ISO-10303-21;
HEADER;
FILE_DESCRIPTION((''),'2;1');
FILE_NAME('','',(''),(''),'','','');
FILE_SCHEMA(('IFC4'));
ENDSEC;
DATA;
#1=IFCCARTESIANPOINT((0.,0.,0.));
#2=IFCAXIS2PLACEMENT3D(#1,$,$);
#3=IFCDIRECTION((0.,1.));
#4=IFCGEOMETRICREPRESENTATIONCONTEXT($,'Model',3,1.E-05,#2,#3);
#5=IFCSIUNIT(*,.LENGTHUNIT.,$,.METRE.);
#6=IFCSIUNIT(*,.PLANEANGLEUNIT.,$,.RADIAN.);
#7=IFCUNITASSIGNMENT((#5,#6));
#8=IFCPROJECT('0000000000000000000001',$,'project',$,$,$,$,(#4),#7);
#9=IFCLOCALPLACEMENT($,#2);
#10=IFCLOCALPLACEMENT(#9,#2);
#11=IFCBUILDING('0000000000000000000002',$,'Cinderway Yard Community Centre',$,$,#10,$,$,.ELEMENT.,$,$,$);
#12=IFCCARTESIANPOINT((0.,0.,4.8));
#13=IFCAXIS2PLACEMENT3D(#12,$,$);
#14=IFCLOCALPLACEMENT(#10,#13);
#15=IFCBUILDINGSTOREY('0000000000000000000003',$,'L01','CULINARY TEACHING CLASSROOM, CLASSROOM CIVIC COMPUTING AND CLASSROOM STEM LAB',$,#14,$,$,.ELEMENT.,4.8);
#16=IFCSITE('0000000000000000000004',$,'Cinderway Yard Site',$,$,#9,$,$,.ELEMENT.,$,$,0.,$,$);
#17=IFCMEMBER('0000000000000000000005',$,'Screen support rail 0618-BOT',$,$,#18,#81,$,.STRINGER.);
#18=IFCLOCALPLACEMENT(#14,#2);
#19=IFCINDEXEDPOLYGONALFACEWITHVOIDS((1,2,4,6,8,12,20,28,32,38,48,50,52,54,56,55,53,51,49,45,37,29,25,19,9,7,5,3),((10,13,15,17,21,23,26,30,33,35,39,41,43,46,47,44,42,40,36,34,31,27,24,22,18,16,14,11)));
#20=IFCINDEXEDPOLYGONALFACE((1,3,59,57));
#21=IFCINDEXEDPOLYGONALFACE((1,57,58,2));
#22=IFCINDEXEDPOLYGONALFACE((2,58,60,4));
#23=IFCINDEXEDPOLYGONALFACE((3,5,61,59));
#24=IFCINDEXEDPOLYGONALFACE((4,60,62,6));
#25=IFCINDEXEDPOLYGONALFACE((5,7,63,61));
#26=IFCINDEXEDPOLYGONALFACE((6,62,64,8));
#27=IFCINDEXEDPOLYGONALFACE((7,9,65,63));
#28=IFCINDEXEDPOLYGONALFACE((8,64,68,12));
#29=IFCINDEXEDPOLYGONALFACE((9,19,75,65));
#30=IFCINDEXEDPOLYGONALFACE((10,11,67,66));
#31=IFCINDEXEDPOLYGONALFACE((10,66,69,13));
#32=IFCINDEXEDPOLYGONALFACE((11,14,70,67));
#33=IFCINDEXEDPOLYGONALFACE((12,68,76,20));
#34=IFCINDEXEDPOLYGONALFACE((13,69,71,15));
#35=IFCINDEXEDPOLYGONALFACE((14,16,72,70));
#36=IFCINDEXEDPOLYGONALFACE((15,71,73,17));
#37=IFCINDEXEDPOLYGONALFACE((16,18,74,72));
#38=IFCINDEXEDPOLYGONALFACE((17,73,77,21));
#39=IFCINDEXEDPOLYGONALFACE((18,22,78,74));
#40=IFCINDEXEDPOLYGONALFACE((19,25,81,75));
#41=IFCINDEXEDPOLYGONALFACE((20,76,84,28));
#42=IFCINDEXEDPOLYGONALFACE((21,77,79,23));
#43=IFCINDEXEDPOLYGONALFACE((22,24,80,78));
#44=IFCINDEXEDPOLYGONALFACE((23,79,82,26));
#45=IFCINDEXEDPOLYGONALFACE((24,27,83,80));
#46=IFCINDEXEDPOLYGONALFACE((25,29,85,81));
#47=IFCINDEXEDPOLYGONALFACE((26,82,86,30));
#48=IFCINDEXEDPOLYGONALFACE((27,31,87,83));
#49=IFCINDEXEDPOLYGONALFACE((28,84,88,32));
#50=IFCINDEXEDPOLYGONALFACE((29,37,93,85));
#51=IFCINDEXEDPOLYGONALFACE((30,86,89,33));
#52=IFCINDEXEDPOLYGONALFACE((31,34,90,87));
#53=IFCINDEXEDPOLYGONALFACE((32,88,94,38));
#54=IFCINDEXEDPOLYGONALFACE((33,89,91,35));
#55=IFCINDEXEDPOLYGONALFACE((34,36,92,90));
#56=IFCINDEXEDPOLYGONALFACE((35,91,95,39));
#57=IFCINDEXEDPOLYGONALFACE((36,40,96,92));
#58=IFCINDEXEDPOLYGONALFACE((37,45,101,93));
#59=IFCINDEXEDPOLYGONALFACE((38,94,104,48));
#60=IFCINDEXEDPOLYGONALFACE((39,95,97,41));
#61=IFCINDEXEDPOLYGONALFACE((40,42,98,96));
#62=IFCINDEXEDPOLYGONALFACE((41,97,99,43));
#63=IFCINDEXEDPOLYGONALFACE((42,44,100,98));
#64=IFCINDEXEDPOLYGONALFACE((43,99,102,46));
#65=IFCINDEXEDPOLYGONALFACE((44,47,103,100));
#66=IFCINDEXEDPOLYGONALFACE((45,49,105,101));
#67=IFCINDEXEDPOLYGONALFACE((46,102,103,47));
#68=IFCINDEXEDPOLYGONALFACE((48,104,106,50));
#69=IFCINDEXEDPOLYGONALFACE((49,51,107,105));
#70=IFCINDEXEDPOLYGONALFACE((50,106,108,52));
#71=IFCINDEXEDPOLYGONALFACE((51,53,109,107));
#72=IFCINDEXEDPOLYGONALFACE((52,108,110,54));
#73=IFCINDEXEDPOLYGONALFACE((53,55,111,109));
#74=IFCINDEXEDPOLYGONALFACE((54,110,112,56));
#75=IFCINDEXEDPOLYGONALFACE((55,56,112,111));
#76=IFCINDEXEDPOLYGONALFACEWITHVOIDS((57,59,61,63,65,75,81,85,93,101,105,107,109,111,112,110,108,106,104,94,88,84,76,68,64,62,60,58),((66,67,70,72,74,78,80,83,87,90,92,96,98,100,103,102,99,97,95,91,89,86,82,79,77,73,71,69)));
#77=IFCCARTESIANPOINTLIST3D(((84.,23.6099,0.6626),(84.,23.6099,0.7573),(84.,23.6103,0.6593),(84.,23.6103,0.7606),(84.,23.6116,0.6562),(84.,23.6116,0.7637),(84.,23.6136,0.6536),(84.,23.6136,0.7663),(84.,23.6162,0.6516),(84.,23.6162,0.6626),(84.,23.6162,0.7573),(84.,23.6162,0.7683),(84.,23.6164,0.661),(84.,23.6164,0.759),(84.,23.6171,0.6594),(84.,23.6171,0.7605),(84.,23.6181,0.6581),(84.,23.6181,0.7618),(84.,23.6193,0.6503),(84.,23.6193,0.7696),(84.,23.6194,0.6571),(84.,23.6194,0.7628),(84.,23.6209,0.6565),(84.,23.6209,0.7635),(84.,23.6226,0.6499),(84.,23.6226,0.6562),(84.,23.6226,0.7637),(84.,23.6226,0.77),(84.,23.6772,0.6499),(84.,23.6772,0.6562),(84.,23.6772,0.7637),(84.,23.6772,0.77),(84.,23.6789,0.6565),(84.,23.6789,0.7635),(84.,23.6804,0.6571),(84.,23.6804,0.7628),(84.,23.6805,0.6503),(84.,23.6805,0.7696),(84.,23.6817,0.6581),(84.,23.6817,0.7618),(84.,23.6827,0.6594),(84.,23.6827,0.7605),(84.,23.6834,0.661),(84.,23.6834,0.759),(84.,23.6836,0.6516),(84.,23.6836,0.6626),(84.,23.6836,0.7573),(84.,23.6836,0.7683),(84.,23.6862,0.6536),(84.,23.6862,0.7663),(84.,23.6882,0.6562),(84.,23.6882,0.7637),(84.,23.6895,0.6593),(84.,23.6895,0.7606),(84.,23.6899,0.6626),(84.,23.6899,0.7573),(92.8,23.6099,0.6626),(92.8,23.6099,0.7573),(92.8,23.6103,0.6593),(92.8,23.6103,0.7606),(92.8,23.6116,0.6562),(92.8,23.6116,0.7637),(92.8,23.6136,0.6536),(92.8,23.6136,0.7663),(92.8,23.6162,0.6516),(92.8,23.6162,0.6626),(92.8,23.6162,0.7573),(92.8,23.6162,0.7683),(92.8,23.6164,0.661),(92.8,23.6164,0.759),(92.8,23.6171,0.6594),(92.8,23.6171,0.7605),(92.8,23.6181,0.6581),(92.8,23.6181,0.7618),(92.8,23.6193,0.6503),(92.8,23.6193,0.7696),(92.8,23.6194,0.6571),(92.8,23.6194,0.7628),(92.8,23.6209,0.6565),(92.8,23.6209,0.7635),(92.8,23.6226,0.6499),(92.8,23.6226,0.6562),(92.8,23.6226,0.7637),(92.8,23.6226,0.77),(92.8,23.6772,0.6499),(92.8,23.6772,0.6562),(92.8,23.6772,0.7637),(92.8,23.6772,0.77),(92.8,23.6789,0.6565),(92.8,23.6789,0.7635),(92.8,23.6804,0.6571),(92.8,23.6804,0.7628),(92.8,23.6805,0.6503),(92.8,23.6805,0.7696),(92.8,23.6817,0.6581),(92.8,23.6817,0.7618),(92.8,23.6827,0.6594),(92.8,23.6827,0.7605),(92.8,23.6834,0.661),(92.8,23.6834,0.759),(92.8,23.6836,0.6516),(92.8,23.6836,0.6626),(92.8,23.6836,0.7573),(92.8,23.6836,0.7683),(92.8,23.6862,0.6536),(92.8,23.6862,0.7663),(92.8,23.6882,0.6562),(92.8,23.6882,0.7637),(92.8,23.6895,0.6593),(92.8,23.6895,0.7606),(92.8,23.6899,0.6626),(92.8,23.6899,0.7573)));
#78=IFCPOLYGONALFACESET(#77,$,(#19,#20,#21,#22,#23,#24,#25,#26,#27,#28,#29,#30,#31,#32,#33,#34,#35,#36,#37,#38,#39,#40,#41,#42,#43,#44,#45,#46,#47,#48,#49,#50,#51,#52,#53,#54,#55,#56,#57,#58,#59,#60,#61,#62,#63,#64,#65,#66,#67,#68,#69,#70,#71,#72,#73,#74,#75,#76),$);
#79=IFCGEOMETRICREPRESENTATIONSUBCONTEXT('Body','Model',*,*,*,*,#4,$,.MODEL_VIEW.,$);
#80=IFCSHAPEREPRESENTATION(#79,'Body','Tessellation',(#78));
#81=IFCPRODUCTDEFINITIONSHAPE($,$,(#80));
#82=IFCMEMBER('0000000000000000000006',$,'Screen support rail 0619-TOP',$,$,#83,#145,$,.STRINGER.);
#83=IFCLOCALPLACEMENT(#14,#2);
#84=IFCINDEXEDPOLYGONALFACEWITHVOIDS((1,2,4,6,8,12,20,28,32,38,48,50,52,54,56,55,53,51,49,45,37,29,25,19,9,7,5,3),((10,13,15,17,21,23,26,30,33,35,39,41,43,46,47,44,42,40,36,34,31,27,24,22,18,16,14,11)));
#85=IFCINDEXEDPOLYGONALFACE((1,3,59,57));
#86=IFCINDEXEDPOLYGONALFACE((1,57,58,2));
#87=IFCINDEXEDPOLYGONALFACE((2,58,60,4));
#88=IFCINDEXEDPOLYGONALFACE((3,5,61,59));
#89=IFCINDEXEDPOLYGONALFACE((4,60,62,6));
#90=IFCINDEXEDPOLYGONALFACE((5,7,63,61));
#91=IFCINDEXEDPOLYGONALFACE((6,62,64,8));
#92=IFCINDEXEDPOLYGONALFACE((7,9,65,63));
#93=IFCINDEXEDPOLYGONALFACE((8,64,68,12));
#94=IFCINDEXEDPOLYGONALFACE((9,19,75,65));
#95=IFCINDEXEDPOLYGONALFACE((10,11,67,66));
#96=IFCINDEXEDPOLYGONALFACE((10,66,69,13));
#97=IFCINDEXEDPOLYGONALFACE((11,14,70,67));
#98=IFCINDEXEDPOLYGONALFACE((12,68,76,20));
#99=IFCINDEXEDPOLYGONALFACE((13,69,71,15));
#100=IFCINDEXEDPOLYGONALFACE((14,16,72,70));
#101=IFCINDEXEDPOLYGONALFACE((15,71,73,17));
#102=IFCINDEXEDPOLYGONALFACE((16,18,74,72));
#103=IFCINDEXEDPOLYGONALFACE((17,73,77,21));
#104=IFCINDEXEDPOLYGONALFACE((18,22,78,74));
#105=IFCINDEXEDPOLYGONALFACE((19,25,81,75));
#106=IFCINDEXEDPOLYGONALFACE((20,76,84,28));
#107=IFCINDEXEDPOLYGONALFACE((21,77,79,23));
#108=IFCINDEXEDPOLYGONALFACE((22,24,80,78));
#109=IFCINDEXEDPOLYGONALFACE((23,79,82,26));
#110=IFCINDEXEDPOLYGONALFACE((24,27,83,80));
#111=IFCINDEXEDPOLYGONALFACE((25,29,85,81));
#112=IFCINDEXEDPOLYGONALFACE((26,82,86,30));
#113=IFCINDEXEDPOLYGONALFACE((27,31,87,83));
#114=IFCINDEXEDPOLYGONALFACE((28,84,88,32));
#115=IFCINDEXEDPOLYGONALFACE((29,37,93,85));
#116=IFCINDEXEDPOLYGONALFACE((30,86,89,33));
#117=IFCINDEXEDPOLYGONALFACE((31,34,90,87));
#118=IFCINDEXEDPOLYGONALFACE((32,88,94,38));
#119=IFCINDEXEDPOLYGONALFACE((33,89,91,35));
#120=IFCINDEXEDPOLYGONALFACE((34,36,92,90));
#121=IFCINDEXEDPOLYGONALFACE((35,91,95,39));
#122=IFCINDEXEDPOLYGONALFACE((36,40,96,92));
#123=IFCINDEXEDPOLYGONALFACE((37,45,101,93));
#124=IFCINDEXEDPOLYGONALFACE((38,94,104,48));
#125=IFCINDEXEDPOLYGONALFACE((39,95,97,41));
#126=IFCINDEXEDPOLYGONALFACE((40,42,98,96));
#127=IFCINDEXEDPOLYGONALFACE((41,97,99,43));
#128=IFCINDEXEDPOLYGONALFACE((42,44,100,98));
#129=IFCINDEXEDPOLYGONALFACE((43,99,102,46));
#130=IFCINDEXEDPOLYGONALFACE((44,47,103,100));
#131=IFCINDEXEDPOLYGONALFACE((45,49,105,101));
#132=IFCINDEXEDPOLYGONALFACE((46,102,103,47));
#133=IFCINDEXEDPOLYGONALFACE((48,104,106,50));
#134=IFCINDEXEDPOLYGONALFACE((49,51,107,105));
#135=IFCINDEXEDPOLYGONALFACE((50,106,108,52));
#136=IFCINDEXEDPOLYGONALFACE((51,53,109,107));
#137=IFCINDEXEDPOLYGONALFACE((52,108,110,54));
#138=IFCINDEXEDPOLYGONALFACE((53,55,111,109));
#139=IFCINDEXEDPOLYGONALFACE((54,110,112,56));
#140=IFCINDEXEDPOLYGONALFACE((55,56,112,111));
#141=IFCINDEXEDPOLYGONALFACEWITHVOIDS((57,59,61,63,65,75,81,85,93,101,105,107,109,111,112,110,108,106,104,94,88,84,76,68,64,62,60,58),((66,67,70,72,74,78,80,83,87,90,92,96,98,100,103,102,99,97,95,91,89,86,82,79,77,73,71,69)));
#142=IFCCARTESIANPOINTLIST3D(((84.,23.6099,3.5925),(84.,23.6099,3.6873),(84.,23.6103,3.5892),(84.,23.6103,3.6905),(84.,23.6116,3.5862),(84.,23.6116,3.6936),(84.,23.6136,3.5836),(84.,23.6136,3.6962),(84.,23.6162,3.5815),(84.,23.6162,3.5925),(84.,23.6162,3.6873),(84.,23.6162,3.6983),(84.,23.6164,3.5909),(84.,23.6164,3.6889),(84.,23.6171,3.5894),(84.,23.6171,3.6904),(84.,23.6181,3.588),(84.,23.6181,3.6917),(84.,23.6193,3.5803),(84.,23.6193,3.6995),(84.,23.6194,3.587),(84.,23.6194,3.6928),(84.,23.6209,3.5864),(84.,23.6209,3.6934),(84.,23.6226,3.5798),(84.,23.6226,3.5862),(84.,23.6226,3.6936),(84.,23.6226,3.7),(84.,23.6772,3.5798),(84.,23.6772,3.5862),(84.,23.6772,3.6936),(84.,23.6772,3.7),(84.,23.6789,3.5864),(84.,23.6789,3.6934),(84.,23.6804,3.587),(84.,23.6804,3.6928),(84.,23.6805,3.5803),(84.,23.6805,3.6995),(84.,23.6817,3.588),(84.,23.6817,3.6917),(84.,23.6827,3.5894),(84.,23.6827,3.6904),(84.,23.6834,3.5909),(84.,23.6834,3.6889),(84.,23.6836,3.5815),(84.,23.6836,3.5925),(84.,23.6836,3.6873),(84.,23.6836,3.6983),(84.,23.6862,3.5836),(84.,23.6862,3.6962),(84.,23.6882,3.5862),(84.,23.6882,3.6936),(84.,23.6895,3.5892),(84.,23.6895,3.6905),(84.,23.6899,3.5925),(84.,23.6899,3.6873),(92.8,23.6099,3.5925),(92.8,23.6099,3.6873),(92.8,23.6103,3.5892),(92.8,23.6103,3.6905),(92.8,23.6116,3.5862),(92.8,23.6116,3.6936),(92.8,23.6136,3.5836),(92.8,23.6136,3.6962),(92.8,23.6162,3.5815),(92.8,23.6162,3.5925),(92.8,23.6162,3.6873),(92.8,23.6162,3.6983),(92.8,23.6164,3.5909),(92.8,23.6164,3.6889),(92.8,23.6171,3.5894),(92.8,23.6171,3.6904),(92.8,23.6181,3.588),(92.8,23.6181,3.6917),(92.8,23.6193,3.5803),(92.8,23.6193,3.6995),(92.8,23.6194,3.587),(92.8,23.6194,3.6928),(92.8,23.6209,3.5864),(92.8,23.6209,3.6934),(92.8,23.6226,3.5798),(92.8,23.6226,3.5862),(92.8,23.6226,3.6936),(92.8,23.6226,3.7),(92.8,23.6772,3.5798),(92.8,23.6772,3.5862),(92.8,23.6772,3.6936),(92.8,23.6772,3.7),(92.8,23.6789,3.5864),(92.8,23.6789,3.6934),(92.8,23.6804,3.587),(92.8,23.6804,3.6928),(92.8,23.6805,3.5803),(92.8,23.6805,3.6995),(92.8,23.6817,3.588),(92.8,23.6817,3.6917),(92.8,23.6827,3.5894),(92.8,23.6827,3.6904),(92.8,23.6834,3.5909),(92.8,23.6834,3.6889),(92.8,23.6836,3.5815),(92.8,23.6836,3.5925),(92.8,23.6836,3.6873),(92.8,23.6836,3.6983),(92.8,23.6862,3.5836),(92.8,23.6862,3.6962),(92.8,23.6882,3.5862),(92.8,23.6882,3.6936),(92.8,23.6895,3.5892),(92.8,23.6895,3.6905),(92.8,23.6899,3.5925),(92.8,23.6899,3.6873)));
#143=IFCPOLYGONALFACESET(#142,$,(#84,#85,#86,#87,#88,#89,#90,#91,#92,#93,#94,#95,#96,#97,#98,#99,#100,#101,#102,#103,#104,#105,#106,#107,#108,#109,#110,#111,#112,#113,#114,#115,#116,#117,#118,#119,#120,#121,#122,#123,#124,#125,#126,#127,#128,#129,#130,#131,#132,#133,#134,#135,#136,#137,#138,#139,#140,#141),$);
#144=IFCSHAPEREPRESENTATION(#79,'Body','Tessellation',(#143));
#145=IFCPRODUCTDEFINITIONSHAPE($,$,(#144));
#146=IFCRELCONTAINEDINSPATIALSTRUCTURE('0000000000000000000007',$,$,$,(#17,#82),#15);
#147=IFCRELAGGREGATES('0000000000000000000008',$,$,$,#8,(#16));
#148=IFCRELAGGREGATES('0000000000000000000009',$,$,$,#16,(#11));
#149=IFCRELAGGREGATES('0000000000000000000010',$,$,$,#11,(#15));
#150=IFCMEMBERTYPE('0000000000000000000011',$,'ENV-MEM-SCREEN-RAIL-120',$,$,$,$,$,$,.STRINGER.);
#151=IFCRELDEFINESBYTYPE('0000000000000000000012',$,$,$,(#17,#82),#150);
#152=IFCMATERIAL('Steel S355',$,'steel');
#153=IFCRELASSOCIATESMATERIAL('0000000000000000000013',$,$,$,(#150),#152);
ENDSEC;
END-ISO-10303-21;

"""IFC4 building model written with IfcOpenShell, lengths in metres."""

from ifc_helpers import new_model, si_unit, direction, frame, origin, origin_2d, place, context, subcontext, project, spatial, hollow_rectangle, extrude, material, material_profile, profile_set, type_object, element, save


model = new_model("IFC4")

# Units and contexts
model_context = context("Model", 3, precision=1e-05, world=origin(), true_north=direction((0.0, 1.0)))
body_context = subcontext(model_context, "Body", "Model", "MODEL_VIEW")
ifc_project = project(units=[si_unit("LENGTHUNIT", "METRE"), si_unit("PLANEANGLEUNIT", "RADIAN")], contexts=[model_context])

# Site, building, storey
site_placement = place(None, origin())
site = spatial("IfcSite", under=ifc_project, at=site_placement, Name="Cinderway Yard Site", CompositionType="ELEMENT", RefElevation=0.0)
building_placement = place(site_placement, origin())
building = spatial("IfcBuilding", under=site, at=building_placement, Name="Cinderway Yard Community Centre", CompositionType="ELEMENT")
storey_placement = place(building_placement, frame((0.0, 0.0, 4.8)))
storey = spatial("IfcBuildingStorey", under=building, at=storey_placement, Name="L01", Description="CULINARY TEACHING CLASSROOM, CLASSROOM CIVIC COMPUTING AND CLASSROOM STEM LAB", CompositionType="ELEMENT", Elevation=4.8)

# Members
ifc_material_1 = material(Name="Steel S355", Category="steel")
ifc_material_profile_1 = material_profile(ifc_material_1, hollow_rectangle(XDim=0.0801, YDim=0.1201, WallThickness=0.0063, InnerFilletRadius=0.0063, OuterFilletRadius=0.0127, at=origin_2d()), Name="Steel S355")
ifc_profile_set_1 = profile_set([ifc_material_profile_1], Name="Steel S355")
member_type_1 = type_object("IfcMemberType", Name="ENV-MEM-SCREEN-RAIL-120", PredefinedType="STRINGER", material=ifc_profile_set_1)
for number, where, z_axis, x_axis, name in (
    (1, (84.0, 23.6499, 0.71), (1.0, 0.0, 0.0), (0.0, 1.0, 0.0), "Screen support rail 0618-BOT"),
    (2, (84.0, 23.6499, 3.6399), (1.0, 0.0, 0.0), (0.0, 1.0, 0.0), "Screen support rail 0619-TOP"),
):
    element("IfcMember", number, at=place(storey_placement, frame(where, z_axis=z_axis, x_axis=x_axis)), inside=storey, type_object=member_type_1, Name=name, PredefinedType="STRINGER", context=body_context, shape_type="SweptSolid", body=[
        extrude(hollow_rectangle(XDim=0.0801, YDim=0.1201, WallThickness=0.0063, InnerFilletRadius=0.0063, OuterFilletRadius=0.0127, at=origin_2d()), origin(), (0.0, 0.0, 1.0), 8.8),
    ])

save(model, "model.ifc")
